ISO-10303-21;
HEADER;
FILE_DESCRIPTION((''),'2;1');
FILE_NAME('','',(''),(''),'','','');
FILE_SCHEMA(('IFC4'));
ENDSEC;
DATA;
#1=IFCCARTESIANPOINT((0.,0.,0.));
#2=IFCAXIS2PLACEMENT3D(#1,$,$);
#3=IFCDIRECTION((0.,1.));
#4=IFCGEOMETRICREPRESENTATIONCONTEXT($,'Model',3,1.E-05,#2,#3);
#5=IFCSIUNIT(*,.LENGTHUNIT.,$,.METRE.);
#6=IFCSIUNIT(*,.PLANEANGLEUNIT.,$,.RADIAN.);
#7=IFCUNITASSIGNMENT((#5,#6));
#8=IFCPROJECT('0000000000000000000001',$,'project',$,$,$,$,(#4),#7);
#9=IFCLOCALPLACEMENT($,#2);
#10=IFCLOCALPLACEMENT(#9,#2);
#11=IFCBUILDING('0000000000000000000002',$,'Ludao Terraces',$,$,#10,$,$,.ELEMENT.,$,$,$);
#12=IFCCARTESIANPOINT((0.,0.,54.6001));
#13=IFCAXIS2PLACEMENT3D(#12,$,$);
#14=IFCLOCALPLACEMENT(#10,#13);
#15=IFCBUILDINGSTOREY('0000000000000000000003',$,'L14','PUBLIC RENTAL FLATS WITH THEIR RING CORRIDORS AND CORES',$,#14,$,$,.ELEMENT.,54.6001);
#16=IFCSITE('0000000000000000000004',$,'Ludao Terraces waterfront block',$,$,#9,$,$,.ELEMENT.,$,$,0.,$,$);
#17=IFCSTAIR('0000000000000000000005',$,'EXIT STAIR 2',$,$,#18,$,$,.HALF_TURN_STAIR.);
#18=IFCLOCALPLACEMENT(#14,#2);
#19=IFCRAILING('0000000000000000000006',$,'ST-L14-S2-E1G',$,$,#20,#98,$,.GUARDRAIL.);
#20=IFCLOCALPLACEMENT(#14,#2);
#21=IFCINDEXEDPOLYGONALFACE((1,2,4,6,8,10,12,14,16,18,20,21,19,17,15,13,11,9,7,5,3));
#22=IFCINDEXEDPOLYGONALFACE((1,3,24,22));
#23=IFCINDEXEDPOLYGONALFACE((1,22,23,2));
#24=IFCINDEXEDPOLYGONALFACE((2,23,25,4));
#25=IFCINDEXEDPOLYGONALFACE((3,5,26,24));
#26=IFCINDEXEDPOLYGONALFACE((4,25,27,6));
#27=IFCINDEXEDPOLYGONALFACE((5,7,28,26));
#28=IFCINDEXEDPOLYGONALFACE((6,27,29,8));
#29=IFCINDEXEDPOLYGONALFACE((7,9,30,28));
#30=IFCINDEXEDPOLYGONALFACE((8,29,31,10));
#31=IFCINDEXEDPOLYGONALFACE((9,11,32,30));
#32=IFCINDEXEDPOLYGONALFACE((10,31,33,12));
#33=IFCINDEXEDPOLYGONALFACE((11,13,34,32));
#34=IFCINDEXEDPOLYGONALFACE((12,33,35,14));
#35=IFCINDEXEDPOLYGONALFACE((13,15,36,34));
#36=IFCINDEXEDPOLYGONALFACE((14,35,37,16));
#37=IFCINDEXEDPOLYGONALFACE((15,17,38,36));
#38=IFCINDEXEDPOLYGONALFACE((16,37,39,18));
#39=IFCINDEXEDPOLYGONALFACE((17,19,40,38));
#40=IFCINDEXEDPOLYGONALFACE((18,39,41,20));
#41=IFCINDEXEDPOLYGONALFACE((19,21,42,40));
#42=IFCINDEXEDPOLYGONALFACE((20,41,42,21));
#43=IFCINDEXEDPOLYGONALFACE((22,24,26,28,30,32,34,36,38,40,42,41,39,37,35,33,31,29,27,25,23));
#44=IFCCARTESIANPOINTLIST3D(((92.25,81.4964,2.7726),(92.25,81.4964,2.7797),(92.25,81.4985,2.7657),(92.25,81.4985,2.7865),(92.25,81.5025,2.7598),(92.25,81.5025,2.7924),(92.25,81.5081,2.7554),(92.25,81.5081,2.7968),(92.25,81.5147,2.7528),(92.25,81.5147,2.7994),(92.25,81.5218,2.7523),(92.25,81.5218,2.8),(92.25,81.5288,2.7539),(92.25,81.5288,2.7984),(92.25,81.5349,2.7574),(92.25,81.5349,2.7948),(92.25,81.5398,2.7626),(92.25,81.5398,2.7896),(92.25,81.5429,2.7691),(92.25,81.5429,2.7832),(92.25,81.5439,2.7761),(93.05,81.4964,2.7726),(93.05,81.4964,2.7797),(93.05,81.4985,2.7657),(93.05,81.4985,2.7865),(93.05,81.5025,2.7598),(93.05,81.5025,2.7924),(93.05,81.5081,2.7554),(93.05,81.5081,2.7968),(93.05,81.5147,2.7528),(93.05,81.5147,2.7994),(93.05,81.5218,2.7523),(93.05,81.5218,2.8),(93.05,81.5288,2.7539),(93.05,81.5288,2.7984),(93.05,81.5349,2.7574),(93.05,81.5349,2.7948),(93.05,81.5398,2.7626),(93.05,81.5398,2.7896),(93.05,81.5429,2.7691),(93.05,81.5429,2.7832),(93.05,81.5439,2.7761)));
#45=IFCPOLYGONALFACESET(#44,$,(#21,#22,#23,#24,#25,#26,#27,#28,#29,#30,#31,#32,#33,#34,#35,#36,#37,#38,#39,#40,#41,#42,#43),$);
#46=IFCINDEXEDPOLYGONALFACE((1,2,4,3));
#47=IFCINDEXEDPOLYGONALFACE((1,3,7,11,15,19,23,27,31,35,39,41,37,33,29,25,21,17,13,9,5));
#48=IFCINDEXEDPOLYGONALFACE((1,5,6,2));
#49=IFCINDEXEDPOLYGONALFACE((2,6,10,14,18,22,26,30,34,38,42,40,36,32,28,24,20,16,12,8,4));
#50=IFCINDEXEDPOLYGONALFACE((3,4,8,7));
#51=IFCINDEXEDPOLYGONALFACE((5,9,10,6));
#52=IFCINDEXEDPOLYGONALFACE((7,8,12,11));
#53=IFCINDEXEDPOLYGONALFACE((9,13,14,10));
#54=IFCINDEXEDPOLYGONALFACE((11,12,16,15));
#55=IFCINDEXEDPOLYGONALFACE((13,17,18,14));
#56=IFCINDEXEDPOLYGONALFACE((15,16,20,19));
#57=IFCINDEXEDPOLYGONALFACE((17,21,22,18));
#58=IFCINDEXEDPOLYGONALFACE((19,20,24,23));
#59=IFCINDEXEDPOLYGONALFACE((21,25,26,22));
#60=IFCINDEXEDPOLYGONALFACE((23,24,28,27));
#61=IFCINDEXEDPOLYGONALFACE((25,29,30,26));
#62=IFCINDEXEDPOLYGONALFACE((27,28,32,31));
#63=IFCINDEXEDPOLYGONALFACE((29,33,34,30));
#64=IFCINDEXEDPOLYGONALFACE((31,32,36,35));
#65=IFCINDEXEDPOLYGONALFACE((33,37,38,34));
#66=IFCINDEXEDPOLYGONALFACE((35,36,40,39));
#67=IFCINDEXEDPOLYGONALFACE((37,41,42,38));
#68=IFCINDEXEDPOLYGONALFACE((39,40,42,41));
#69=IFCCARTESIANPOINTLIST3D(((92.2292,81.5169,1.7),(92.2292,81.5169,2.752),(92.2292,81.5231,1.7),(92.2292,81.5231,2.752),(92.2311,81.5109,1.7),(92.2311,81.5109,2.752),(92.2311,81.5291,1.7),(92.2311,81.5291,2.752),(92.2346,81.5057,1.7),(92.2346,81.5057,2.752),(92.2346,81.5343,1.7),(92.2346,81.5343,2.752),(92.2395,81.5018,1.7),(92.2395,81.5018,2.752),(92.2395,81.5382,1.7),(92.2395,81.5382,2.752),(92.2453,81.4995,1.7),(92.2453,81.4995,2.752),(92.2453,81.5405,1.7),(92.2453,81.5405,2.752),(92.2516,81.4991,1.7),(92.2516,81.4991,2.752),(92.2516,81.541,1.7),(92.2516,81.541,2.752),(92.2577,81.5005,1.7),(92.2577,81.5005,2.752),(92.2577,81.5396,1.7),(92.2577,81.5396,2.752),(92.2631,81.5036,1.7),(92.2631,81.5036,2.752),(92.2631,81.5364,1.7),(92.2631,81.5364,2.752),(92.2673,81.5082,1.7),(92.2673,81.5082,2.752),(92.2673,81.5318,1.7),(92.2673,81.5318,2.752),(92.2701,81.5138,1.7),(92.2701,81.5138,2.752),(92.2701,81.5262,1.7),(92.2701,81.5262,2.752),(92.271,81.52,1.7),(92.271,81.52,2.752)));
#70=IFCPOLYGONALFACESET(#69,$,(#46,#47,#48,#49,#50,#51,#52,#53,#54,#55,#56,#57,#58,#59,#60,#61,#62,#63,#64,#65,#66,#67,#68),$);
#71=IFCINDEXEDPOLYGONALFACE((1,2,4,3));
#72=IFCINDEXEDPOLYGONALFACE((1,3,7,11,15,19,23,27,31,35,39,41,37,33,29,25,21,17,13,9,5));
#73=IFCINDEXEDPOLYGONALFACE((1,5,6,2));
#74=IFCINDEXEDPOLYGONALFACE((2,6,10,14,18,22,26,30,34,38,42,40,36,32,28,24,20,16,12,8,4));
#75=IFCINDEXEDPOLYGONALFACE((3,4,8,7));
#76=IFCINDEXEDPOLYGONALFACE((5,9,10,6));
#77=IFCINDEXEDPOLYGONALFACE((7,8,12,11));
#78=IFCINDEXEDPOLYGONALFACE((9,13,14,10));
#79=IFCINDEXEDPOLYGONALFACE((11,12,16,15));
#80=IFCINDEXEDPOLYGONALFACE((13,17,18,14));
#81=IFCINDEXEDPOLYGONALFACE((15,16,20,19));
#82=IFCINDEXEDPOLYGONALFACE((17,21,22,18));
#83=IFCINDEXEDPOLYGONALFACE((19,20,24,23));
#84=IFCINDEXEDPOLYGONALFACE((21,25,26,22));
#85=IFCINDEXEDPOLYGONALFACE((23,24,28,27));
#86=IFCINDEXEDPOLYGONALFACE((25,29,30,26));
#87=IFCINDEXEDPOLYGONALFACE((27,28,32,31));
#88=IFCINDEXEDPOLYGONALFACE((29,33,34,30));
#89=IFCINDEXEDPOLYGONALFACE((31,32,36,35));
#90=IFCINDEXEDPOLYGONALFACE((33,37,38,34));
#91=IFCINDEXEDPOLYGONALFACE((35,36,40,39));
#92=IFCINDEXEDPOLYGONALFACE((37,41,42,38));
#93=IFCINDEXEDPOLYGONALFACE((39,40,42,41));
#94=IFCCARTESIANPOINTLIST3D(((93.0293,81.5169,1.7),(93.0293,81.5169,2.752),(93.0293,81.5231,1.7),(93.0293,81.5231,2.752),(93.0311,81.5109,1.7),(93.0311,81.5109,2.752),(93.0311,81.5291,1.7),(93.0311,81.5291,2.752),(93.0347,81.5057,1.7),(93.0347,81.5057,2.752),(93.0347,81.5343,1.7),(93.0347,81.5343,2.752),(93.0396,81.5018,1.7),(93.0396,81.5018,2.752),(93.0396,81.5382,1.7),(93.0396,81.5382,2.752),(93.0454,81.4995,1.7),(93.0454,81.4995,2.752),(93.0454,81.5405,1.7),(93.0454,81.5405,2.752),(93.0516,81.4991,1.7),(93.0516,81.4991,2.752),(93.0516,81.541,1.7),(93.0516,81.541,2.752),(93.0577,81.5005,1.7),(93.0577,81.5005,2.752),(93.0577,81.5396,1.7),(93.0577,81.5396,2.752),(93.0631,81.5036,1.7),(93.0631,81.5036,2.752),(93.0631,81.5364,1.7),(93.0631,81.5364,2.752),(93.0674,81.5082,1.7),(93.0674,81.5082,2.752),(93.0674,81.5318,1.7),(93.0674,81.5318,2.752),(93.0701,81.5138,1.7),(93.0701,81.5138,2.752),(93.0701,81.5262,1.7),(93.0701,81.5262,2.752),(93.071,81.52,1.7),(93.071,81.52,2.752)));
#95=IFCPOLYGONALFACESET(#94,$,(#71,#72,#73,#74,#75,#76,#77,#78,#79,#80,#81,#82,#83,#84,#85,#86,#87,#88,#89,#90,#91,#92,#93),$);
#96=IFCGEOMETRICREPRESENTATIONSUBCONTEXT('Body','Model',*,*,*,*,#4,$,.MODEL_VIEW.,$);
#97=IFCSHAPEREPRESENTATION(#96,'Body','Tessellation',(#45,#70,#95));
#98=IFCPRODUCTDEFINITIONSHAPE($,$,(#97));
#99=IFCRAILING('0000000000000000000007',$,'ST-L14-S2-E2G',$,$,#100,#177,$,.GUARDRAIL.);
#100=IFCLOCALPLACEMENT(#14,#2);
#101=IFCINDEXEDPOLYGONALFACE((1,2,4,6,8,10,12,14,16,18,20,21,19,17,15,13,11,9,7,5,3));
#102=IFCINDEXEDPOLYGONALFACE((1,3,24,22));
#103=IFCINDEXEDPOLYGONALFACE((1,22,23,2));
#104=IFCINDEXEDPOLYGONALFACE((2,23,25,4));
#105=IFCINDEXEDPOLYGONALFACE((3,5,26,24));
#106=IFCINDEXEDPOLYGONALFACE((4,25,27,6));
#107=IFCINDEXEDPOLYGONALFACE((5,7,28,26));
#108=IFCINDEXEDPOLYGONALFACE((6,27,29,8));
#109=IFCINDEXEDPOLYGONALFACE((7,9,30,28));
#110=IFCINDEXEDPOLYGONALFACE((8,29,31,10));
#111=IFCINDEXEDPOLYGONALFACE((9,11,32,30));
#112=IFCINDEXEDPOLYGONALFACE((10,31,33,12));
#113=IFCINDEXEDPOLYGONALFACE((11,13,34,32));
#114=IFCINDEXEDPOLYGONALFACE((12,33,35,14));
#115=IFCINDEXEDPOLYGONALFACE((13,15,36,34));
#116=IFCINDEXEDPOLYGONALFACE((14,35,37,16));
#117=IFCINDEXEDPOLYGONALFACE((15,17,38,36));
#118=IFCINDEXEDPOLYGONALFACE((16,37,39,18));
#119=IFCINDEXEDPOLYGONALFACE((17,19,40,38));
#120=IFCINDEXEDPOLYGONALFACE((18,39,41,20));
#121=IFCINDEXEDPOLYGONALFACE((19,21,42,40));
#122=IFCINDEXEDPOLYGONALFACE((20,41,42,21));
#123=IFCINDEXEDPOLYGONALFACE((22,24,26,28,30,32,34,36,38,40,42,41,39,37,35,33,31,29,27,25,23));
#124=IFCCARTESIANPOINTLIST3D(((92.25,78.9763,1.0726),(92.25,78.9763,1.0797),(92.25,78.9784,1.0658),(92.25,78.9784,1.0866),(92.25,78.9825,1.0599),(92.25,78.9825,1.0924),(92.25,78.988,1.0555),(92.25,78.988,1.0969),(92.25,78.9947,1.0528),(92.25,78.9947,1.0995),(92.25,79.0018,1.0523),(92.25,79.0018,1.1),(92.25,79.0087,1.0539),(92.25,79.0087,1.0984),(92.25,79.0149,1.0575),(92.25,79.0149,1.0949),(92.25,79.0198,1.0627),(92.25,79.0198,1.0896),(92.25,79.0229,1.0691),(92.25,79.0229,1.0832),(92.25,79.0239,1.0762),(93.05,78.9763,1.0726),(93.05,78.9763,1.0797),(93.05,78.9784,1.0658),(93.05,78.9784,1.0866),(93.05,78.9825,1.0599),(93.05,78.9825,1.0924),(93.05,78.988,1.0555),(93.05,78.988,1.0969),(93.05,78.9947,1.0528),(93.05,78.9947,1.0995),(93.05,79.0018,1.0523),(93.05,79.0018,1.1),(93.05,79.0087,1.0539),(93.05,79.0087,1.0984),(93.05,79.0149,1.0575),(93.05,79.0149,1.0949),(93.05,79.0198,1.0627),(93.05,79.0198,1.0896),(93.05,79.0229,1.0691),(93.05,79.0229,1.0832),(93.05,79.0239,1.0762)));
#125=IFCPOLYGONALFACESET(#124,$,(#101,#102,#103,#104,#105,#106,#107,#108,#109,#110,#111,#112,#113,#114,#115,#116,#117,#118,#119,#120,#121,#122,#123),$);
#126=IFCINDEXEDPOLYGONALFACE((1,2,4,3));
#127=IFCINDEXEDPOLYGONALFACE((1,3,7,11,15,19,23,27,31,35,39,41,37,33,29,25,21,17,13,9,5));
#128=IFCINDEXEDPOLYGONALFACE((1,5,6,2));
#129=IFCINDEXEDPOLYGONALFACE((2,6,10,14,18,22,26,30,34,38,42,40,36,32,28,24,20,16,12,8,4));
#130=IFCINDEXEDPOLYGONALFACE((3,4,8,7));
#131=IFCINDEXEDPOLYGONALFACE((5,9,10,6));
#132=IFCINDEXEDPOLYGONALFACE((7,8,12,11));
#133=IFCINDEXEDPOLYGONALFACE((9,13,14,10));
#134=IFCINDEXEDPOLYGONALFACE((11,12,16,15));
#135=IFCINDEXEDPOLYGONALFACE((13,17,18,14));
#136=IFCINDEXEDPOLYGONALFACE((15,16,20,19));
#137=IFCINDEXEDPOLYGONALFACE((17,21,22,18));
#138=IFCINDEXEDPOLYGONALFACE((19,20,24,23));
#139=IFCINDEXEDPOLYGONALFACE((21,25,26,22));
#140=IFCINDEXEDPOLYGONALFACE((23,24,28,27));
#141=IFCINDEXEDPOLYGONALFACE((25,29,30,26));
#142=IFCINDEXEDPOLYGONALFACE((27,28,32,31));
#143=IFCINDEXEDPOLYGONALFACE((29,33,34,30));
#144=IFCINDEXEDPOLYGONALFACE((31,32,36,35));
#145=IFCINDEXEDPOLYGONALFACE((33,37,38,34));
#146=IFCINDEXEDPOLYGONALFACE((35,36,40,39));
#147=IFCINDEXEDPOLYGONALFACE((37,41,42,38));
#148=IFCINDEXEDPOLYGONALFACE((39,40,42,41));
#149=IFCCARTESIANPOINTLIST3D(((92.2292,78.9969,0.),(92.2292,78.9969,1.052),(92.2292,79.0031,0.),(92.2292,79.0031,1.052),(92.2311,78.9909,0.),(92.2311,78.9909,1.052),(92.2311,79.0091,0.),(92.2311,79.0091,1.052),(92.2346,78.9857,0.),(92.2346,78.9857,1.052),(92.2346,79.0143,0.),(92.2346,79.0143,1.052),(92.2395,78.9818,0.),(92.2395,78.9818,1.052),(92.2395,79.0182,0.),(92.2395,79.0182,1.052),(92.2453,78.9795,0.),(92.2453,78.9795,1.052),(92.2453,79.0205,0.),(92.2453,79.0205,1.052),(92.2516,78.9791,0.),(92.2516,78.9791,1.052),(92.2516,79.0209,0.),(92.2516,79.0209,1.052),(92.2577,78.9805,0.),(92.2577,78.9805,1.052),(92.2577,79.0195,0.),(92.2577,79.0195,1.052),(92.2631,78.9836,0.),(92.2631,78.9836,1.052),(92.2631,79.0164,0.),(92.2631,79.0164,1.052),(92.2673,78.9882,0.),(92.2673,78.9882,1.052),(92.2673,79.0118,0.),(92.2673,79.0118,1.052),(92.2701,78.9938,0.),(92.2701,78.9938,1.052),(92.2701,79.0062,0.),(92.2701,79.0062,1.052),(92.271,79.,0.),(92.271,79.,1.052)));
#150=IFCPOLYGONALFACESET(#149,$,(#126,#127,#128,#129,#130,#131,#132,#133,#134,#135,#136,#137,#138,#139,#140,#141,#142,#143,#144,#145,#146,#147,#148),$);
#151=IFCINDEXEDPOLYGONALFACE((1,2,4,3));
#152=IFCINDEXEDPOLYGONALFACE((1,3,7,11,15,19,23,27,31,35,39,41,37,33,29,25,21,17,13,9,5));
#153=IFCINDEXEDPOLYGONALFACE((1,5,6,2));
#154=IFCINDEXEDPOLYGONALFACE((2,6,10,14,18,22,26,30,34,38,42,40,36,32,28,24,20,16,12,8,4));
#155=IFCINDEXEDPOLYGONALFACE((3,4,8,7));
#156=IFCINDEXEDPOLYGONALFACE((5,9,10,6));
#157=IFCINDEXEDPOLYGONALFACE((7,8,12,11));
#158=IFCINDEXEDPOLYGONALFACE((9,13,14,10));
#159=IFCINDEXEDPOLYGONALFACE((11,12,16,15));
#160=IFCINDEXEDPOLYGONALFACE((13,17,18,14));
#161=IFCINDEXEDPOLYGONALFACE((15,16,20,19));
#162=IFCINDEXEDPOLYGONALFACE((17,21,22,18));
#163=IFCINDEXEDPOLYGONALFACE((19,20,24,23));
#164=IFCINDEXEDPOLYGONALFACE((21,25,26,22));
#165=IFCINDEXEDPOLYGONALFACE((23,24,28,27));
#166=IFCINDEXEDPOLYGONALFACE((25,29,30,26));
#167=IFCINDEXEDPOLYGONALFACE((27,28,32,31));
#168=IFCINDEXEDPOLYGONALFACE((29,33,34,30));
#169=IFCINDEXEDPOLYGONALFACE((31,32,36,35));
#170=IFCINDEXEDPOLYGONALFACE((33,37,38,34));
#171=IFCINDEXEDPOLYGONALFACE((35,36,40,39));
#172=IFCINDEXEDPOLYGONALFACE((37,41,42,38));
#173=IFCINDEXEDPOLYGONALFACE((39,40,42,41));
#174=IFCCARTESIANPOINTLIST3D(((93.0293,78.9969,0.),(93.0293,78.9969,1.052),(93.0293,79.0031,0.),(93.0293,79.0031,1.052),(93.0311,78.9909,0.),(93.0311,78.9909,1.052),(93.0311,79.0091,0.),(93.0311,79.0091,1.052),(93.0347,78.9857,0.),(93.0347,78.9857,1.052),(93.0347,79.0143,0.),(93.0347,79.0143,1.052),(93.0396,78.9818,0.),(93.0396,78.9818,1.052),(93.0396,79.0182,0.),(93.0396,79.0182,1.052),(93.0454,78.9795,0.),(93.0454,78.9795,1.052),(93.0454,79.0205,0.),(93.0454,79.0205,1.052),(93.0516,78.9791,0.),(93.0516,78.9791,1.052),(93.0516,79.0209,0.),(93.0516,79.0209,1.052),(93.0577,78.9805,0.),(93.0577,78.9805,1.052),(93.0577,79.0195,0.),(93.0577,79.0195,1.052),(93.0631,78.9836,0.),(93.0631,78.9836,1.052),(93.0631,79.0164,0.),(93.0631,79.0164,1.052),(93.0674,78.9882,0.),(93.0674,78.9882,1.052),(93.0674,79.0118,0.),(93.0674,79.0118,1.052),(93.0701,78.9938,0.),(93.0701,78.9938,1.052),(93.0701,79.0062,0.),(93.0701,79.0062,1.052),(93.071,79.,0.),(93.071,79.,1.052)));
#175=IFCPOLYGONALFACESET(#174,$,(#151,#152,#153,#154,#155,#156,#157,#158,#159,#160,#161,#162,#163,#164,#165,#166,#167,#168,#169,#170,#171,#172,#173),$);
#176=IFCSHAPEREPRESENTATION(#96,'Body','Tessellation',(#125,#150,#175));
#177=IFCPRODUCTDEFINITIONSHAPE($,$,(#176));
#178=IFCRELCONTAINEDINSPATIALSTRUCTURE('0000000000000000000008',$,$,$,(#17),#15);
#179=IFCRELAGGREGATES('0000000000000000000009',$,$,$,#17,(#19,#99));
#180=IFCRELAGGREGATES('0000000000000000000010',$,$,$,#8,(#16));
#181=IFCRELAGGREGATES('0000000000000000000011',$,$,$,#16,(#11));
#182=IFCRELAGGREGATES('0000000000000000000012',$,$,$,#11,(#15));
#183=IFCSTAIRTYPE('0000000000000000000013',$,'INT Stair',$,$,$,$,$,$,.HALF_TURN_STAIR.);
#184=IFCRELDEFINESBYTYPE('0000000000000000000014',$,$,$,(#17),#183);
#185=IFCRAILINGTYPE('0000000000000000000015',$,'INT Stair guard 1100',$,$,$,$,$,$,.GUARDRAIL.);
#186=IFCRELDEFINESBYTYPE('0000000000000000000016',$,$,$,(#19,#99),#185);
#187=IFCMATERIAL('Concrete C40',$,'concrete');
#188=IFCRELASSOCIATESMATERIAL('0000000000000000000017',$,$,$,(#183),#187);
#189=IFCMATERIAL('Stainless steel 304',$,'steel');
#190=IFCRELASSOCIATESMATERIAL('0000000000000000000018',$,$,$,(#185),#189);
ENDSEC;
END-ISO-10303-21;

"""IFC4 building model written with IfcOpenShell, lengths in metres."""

from ifc_helpers import new_model, si_unit, direction, frame, origin, origin_2d, place, context, subcontext, project, spatial, circle, extrude, material, type_object, element, aggregate, save


model = new_model("IFC4")

# Units and contexts
model_context = context("Model", 3, precision=1e-05, world=origin(), true_north=direction((0.0, 1.0)))
body_context = subcontext(model_context, "Body", "Model", "MODEL_VIEW")
ifc_project = project(units=[si_unit("LENGTHUNIT", "METRE"), si_unit("PLANEANGLEUNIT", "RADIAN")], contexts=[model_context])

# Site, building, storey
site_placement = place(None, origin())
site = spatial("IfcSite", under=ifc_project, at=site_placement, Name="Ludao Terraces waterfront block", CompositionType="ELEMENT", RefElevation=0.0)
building_placement = place(site_placement, origin())
building = spatial("IfcBuilding", under=site, at=building_placement, Name="Ludao Terraces", CompositionType="ELEMENT")
storey_placement = place(building_placement, frame((0.0, 0.0, 54.6001)))
storey = spatial("IfcBuildingStorey", under=building, at=storey_placement, Name="L14", Description="PUBLIC RENTAL FLATS WITH THEIR RING CORRIDORS AND CORES", CompositionType="ELEMENT", Elevation=54.6001)

# Shared definitions
ifc_material_1 = material(Name="Stainless steel 304", Category="steel")

# Stair, railings
ifc_material_2 = material(Name="Concrete C40", Category="concrete")
stair_type = type_object("IfcStairType", Name="INT Stair", PredefinedType="HALF_TURN_STAIR", material=ifc_material_2)
stair_placement = place(storey_placement, origin())
stair = element("IfcStair", 1, at=stair_placement, inside=storey, type_object=stair_type, Name="EXIT STAIR 2", PredefinedType="HALF_TURN_STAIR")
railing_type_1 = type_object("IfcRailingType", Name="INT Stair guard 1100", PredefinedType="GUARDRAIL", material=ifc_material_1)
railing_1_placement = place(storey_placement, frame((92.25, 81.52, 1.7)))
railing_1 = element("IfcRailing", 2, at=railing_1_placement, type_object=railing_type_1, Name="ST-L14-S2-E1G", PredefinedType="GUARDRAIL", context=body_context, shape_type="SweptSolid", body=[
    extrude(circle(Radius=0.0239, at=origin_2d()), frame((0.0, 0.0, 1.0762), z_axis=(1.0, 0.0, 0.0), x_axis=(0.0, 1.0, 0.0)), (0.0, 0.0, 1.0), 0.8),
    extrude(circle(Radius=0.021, at=origin_2d()), origin(), (0.0, 0.0, 1.0), 1.052),
    extrude(circle(Radius=0.021, at=origin_2d()), frame((0.8, 0.0, 0.0)), (0.0, 0.0, 1.0), 1.052),
])
railing_2_placement = place(storey_placement, frame((92.25, 79.0, 0.0)))
railing_2 = element("IfcRailing", 3, at=railing_2_placement, type_object=railing_type_1, Name="ST-L14-S2-E2G", PredefinedType="GUARDRAIL", context=body_context, shape_type="SweptSolid", body=[
    extrude(circle(Radius=0.0239, at=origin_2d()), frame((0.0, 0.0, 1.0762), z_axis=(1.0, 0.0, 0.0), x_axis=(0.0, 1.0, 0.0)), (0.0, 0.0, 1.0), 0.8),
    extrude(circle(Radius=0.021, at=origin_2d()), origin(), (0.0, 0.0, 1.0), 1.052),
    extrude(circle(Radius=0.021, at=origin_2d()), frame((0.8, 0.0, 0.0)), (0.0, 0.0, 1.0), 1.052),
])
aggregate(stair, [railing_1, railing_2])

save(model, "model.ifc")
